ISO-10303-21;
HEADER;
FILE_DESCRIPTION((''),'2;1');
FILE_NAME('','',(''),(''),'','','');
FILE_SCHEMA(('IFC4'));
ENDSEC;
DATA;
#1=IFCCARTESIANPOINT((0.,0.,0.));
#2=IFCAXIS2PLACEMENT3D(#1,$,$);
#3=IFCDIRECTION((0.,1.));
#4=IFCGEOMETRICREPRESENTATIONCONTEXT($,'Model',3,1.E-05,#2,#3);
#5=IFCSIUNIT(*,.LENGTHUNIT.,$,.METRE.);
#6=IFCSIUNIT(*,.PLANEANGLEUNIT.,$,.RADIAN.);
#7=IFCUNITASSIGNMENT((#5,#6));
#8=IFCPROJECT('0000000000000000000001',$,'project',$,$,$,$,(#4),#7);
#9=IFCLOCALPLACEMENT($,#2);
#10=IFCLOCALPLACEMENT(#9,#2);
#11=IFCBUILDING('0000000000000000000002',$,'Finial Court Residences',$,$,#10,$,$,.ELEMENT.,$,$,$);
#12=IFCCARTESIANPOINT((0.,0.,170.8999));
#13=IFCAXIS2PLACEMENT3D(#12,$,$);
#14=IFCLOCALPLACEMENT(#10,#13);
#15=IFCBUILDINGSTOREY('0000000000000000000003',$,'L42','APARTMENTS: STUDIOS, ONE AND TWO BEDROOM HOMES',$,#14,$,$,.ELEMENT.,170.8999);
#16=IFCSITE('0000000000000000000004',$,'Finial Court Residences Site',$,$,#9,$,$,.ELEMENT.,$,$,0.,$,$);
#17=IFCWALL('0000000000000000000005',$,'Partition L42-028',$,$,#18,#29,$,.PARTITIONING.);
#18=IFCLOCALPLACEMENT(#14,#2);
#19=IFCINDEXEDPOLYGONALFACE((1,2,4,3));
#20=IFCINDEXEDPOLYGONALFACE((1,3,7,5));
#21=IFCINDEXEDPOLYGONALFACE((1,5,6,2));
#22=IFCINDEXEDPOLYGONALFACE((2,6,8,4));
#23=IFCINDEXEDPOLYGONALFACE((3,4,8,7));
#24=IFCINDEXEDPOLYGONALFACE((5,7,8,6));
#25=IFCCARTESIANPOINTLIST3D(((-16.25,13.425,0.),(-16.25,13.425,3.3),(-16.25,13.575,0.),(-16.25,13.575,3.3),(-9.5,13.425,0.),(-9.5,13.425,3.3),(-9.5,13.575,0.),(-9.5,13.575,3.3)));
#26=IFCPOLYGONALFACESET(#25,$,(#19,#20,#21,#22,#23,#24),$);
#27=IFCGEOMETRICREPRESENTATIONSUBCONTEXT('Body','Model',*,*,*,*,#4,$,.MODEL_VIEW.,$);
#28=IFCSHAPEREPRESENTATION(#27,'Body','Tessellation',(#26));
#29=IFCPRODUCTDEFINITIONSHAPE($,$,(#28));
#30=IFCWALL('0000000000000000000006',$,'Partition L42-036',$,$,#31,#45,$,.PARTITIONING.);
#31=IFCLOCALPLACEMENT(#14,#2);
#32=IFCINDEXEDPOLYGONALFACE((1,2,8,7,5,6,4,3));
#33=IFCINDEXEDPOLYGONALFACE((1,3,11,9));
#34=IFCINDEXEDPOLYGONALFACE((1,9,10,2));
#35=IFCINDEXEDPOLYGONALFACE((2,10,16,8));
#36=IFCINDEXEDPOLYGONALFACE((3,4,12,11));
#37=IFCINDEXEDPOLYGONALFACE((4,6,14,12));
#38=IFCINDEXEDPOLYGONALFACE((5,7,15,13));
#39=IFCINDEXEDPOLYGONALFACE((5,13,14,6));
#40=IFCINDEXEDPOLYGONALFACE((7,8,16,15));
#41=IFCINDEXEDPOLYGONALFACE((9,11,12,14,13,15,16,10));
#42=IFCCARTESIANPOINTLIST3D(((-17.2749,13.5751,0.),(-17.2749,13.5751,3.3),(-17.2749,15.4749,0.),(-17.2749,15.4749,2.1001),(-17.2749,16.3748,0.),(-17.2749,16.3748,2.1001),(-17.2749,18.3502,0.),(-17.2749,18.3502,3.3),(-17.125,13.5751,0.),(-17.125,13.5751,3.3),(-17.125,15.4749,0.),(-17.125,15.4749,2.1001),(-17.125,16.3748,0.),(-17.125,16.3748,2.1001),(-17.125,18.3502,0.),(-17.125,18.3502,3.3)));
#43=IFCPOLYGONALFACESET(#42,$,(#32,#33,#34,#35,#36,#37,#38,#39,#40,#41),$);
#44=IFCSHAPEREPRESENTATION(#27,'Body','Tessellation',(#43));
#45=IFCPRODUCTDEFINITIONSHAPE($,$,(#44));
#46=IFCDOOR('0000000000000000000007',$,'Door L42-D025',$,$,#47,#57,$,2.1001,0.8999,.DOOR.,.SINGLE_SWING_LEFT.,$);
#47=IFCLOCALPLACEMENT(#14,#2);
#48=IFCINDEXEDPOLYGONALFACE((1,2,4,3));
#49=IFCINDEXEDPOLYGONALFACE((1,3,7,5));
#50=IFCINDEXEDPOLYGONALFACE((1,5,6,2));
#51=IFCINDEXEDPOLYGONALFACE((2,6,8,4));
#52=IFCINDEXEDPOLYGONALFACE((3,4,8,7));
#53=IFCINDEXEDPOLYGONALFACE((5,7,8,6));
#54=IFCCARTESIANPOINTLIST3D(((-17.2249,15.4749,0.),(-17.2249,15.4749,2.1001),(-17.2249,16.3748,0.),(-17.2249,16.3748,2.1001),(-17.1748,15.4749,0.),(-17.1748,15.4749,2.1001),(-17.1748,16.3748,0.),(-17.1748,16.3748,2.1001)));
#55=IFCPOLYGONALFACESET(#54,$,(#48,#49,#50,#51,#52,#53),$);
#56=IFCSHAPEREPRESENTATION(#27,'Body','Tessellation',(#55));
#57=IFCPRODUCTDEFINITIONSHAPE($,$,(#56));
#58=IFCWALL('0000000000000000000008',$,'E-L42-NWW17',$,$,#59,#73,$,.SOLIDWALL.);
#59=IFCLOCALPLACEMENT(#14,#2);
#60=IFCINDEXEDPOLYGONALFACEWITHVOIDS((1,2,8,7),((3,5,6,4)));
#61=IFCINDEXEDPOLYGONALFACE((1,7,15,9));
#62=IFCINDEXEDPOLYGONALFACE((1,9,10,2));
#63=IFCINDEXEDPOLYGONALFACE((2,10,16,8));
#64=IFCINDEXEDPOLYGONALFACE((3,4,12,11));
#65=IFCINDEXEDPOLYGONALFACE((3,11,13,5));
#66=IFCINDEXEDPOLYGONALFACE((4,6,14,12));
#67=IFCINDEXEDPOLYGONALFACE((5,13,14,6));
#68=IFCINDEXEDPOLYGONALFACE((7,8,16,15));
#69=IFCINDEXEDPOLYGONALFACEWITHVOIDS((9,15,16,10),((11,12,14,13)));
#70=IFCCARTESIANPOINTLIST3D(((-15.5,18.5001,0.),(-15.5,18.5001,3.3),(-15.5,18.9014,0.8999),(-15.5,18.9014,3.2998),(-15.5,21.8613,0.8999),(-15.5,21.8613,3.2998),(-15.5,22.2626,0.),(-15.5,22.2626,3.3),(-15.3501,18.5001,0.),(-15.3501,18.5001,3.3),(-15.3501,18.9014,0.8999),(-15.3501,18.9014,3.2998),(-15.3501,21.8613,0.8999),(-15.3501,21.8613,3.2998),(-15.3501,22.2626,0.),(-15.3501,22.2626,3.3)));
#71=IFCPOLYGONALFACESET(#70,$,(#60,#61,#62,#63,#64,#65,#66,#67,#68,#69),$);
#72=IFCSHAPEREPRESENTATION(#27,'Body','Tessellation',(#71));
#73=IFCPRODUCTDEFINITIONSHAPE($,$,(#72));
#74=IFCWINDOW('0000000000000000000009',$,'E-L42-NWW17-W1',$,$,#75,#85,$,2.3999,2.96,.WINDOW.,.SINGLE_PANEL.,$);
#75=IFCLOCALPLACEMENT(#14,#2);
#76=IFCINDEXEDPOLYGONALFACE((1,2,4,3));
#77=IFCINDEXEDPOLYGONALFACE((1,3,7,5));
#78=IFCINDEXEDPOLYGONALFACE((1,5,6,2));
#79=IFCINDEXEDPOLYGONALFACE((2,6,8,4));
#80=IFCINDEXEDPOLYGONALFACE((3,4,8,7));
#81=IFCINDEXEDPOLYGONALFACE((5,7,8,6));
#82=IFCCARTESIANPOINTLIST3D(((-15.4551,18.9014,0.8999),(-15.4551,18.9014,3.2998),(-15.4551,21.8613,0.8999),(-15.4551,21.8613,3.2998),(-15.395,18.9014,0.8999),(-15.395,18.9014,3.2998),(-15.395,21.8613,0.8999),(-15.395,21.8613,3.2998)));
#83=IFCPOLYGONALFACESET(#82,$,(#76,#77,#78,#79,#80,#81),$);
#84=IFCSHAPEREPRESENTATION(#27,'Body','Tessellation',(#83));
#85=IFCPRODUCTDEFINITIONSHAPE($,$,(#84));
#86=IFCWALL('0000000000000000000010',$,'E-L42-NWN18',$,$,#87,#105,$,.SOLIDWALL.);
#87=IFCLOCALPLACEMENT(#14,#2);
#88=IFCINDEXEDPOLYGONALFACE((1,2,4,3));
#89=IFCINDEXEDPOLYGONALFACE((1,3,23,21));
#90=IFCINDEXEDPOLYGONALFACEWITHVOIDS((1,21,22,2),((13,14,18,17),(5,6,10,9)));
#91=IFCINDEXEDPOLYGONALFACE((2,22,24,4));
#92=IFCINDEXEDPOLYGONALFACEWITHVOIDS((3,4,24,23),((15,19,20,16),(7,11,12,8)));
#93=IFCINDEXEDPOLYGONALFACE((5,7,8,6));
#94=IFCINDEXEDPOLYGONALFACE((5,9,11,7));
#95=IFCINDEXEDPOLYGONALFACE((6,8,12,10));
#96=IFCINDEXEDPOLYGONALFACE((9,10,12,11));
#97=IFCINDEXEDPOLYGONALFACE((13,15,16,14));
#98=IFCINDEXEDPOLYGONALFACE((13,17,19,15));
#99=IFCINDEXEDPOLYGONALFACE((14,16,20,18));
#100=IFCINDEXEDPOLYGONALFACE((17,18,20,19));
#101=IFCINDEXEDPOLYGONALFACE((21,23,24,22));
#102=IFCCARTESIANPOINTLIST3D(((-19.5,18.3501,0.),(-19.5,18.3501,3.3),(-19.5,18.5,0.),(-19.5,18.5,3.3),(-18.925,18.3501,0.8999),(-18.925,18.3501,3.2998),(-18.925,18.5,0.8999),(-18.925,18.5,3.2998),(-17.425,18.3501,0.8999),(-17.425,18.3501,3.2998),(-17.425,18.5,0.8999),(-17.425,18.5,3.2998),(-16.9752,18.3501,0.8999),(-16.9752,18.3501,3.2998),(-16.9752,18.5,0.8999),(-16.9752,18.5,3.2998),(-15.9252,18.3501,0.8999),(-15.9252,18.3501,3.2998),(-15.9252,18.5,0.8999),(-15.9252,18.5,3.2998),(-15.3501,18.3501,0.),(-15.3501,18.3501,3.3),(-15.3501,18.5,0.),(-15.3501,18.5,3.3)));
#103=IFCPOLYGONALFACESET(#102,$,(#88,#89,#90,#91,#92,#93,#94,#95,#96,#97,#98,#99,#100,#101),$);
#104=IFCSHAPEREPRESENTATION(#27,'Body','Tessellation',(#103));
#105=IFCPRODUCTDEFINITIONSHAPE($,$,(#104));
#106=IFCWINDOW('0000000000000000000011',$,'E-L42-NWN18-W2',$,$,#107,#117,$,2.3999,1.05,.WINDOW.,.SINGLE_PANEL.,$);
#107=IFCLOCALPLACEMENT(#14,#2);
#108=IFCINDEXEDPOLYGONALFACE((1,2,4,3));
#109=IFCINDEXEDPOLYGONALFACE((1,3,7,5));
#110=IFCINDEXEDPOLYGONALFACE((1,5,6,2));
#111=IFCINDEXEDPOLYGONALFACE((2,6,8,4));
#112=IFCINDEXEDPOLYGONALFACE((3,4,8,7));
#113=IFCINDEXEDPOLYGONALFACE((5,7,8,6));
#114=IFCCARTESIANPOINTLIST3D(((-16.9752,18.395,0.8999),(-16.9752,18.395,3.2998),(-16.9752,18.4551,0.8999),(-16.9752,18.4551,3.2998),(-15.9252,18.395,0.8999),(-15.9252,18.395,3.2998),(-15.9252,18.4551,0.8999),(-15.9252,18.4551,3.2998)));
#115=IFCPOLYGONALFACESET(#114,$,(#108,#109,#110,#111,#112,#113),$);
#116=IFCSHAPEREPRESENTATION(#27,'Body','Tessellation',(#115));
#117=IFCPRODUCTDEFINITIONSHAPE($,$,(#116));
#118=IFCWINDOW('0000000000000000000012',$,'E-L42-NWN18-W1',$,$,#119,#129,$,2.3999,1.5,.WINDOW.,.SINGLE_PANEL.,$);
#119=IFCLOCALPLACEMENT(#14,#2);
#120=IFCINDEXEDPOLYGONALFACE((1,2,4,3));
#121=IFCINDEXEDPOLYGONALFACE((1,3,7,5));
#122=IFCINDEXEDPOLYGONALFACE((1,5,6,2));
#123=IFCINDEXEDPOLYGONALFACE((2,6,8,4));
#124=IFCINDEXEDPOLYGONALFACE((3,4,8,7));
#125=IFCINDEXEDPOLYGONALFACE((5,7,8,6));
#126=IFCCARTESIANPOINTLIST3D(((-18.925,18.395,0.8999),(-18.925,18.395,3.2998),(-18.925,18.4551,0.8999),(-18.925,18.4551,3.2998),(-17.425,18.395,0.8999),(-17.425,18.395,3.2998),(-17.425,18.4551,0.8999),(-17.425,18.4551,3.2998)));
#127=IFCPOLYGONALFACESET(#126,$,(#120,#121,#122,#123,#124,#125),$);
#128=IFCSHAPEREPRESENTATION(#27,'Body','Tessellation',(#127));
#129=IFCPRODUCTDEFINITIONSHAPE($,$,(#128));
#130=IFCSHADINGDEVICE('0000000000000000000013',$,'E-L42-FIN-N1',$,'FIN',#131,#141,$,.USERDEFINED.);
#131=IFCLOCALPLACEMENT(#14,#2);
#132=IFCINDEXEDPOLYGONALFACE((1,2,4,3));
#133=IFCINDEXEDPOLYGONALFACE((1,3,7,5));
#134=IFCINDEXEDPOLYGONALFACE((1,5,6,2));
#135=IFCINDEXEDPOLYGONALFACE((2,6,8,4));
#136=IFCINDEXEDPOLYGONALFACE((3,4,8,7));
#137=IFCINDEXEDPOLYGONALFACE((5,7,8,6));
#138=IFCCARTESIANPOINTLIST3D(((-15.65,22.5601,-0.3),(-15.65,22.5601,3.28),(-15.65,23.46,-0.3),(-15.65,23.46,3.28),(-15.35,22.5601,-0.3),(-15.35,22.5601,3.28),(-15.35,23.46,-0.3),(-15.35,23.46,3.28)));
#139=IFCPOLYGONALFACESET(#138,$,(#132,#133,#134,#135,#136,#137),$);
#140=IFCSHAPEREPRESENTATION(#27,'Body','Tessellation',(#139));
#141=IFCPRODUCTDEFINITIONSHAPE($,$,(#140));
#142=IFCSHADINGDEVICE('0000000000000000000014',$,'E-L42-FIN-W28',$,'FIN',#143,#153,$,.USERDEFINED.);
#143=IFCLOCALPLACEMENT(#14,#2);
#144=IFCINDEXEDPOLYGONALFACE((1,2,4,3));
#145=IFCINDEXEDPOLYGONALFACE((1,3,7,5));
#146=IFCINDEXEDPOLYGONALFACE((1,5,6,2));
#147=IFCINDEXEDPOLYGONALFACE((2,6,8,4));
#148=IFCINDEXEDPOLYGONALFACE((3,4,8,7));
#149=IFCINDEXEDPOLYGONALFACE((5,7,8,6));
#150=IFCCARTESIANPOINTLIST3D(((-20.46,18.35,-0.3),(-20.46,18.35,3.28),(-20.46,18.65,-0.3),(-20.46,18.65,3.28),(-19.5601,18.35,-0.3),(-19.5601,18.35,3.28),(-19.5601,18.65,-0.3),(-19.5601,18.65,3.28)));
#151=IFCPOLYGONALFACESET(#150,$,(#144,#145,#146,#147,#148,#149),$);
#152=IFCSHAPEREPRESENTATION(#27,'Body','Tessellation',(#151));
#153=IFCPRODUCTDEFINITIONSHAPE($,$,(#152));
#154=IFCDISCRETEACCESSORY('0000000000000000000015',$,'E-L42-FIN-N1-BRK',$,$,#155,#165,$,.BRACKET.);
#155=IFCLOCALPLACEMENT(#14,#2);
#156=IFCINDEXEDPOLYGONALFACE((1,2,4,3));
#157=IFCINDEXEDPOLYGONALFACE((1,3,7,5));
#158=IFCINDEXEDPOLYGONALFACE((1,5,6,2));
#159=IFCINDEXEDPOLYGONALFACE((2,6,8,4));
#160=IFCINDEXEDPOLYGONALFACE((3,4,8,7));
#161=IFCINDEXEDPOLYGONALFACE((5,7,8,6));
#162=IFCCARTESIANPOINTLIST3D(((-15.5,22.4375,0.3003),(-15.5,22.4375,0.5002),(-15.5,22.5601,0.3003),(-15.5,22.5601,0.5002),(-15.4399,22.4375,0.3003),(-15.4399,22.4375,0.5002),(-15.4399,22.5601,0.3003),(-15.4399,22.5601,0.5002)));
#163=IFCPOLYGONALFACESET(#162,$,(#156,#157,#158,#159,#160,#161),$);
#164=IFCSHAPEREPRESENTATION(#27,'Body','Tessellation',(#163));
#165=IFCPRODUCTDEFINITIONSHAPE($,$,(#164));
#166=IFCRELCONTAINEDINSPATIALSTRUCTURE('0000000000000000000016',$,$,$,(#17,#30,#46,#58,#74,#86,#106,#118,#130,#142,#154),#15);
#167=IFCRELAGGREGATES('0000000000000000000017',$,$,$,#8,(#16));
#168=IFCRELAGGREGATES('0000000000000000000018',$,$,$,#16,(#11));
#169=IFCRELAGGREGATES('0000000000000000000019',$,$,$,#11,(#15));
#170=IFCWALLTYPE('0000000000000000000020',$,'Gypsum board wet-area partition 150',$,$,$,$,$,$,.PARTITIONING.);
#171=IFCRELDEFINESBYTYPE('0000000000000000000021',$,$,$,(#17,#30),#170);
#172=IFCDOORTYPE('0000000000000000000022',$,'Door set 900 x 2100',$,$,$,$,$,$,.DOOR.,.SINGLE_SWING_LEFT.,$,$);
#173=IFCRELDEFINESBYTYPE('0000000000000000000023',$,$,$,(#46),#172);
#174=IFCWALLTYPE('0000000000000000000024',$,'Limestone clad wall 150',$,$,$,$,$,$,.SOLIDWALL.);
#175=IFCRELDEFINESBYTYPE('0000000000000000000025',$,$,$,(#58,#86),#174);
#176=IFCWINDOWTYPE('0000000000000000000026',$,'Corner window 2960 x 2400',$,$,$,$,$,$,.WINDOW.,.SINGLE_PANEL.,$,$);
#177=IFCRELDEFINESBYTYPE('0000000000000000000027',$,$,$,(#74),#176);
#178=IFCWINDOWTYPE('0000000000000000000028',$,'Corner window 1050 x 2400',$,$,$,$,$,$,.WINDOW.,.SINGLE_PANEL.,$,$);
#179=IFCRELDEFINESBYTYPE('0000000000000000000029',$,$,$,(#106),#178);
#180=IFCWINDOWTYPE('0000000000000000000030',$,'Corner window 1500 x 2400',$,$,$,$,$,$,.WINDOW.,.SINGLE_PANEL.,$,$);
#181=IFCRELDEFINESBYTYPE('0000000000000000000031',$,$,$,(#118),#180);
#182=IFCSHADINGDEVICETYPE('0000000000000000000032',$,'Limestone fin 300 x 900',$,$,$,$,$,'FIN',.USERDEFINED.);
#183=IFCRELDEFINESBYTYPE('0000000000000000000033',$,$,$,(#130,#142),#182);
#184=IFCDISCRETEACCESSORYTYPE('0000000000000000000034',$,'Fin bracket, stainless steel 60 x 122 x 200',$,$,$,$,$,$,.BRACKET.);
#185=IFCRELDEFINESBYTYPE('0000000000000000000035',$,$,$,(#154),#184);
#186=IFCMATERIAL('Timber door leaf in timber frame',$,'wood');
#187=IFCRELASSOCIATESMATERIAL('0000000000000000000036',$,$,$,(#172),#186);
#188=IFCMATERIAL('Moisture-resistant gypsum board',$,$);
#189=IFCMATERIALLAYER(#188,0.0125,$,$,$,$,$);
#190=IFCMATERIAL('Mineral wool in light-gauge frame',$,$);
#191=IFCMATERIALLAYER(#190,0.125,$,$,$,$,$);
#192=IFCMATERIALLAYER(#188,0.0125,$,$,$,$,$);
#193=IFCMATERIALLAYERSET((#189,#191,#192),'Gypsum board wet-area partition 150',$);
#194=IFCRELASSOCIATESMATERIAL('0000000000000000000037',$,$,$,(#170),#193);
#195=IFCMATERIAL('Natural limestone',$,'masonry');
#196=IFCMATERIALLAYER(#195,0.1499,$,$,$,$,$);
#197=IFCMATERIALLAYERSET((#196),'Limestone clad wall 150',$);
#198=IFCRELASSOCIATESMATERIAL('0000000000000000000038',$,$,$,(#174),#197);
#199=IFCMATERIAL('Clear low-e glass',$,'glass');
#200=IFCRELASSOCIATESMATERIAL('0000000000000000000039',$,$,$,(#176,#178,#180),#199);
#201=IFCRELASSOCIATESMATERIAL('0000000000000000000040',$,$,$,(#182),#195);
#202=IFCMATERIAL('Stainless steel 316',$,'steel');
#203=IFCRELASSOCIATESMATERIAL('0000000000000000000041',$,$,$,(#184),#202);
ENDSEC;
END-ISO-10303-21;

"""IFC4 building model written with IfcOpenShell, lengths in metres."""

from ifc_helpers import new_model, si_unit, direction, frame, frame_2d, origin, origin_2d, place, context, subcontext, project, spatial, rectangle, extrude, material, layer, layer_set, type_object, element, fill, save


model = new_model("IFC4")

# Units and contexts
model_context = context("Model", 3, precision=1e-05, world=origin(), true_north=direction((0.0, 1.0)))
body_context = subcontext(model_context, "Body", "Model", "MODEL_VIEW")
ifc_project = project(units=[si_unit("LENGTHUNIT", "METRE"), si_unit("PLANEANGLEUNIT", "RADIAN")], contexts=[model_context])

# Site, building, storey
site_placement = place(None, origin())
site = spatial("IfcSite", under=ifc_project, at=site_placement, Name="Finial Court Residences Site", CompositionType="ELEMENT", RefElevation=0.0)
building_placement = place(site_placement, origin())
building = spatial("IfcBuilding", under=site, at=building_placement, Name="Finial Court Residences", CompositionType="ELEMENT")
storey_placement = place(building_placement, frame((0.0, 0.0, 170.8999)))
storey = spatial("IfcBuildingStorey", under=building, at=storey_placement, Name="L42", Description="APARTMENTS: STUDIOS, ONE AND TWO BEDROOM HOMES", CompositionType="ELEMENT", Elevation=170.8999)

# Shared definitions
ifc_material_1 = material(Name="Clear low-e glass", Category="glass")

# Shared definitions
ifc_material_2 = material(Name="Mineral wool in light-gauge frame")
ifc_material_3 = material(Name="Timber door leaf in timber frame", Category="wood")
door_type = type_object("IfcDoorType", Name="Door set 900 x 2100", OperationType="SINGLE_SWING_LEFT", PredefinedType="DOOR", material=ifc_material_3)

# Wall
ifc_material_4 = material(Name="Moisture-resistant gypsum board")
ifc_layer_1 = layer(ifc_material_4, 0.0125)
ifc_layer_2 = layer(ifc_material_2, 0.125)
ifc_layer_3 = layer(ifc_material_4, 0.0125)
ifc_layer_set_1 = layer_set([ifc_layer_1, ifc_layer_2, ifc_layer_3], Name="Gypsum board wet-area partition 150")
wall_type_1 = type_object("IfcWallType", Name="Gypsum board wet-area partition 150", PredefinedType="PARTITIONING", material=ifc_layer_set_1)
wall_1_placement = place(storey_placement, frame((-16.25, 13.5, 0.0), z_axis=(0.0, 0.0, 1.0), x_axis=(1.0, 0.0, 0.0)))
element("IfcWall", 1, at=wall_1_placement, inside=storey, type_object=wall_type_1, Name="Partition L42-028", PredefinedType="PARTITIONING", context=body_context, shape_type="SweptSolid", body=[
    extrude(rectangle(XDim=6.75, YDim=0.1499, at=frame_2d((3.375, 0.0))), origin(), (0.0, 0.0, 1.0), 3.3),
])

# Wall, opening, door
wall_2_placement = place(storey_placement, frame((-17.2, 13.575, 0.0), z_axis=(0.0, 0.0, 1.0), x_axis=(0.0, 1.0, 0.0)))
wall_2 = element("IfcWall", 2, at=wall_2_placement, inside=storey, type_object=wall_type_1, Name="Partition L42-036", PredefinedType="PARTITIONING", context=body_context, shape_type="SweptSolid", body=[
    extrude(rectangle(XDim=4.7751, YDim=0.1499, at=frame_2d((2.3877, 0.0))), origin(), (0.0, 0.0, 1.0), 3.3),
])
opening_1_placement = place(wall_2_placement, frame((1.8999, 0.0, 0.0)))
opening_1 = element("IfcOpeningElement", 3, at=opening_1_placement, cuts=wall_2, PredefinedType="OPENING", context=body_context, shape_type="SweptSolid", body=[
    extrude(rectangle(XDim=0.8999, YDim=2.1001, at=frame_2d((0.45, 1.05))), frame((0.0, 0.085, 0.0), z_axis=(0.0, -1.0, 0.0), x_axis=(1.0, 0.0, 0.0)), (0.0, 0.0, 1.0), 0.1699),
])
door_1_placement = place(opening_1_placement, origin())
door_1 = element("IfcDoor", 4, at=door_1_placement, inside=storey, type_object=door_type, Name="Door L42-D025", OperationType="SINGLE_SWING_LEFT", OverallHeight=2.1001, OverallWidth=0.8999, PredefinedType="DOOR", context=body_context, shape_type="SweptSolid", body=[
    extrude(rectangle(XDim=0.8999, YDim=2.1001, at=frame_2d((0.45, 1.05))), frame((0.0, 0.0249, 0.0), z_axis=(0.0, -1.0, 0.0), x_axis=(1.0, 0.0, 0.0)), (0.0, 0.0, 1.0), 0.05),
])
fill(opening_1, door_1)

# Wall, opening, window
ifc_material_5 = material(Name="Natural limestone", Category="masonry")
ifc_layer_4 = layer(ifc_material_5, 0.1499)
ifc_layer_set_2 = layer_set([ifc_layer_4], Name="Limestone clad wall 150")
wall_type_2 = type_object("IfcWallType", Name="Limestone clad wall 150", PredefinedType="SOLIDWALL", material=ifc_layer_set_2)
wall_3_placement = place(storey_placement, frame((-15.425, 18.5, 0.0), z_axis=(0.0, 0.0, 1.0), x_axis=(0.0, 1.0, 0.0)))
wall_3 = element("IfcWall", 5, at=wall_3_placement, inside=storey, type_object=wall_type_2, Name="E-L42-NWW17", PredefinedType="SOLIDWALL", context=body_context, shape_type="SweptSolid", body=[
    extrude(rectangle(XDim=3.7625, YDim=0.1499, at=frame_2d((1.8813, 0.0))), origin(), (0.0, 0.0, 1.0), 3.3),
])
opening_2_placement = place(wall_3_placement, frame((0.4014, 0.0, 0.8999)))
opening_2 = element("IfcOpeningElement", 6, at=opening_2_placement, cuts=wall_3, PredefinedType="OPENING", context=body_context, shape_type="SweptSolid", body=[
    extrude(rectangle(XDim=2.96, YDim=2.3999, at=frame_2d((1.48, 1.2))), frame((0.0, 0.085, 0.0), z_axis=(0.0, -1.0, 0.0), x_axis=(1.0, 0.0, 0.0)), (0.0, 0.0, 1.0), 0.1699),
])
window_type_1 = type_object("IfcWindowType", Name="Corner window 2960 x 2400", PartitioningType="SINGLE_PANEL", PredefinedType="WINDOW", material=ifc_material_1)
window_1_placement = place(opening_2_placement, origin())
window_1 = element("IfcWindow", 7, at=window_1_placement, inside=storey, type_object=window_type_1, Name="E-L42-NWW17-W1", OverallHeight=2.3999, OverallWidth=2.96, PartitioningType="SINGLE_PANEL", PredefinedType="WINDOW", context=body_context, shape_type="SweptSolid", body=[
    extrude(rectangle(XDim=2.96, YDim=2.3999, at=frame_2d((1.48, 1.2))), frame((0.0, 0.03, 0.0), z_axis=(0.0, -1.0, 0.0), x_axis=(1.0, 0.0, 0.0)), (0.0, 0.0, 1.0), 0.0601),
])
fill(opening_2, window_1)

# Wall, openings, windows
wall_4_placement = place(storey_placement, frame((-19.5, 18.425, 0.0), z_axis=(0.0, 0.0, 1.0), x_axis=(1.0, 0.0, 0.0)))
wall_4 = element("IfcWall", 8, at=wall_4_placement, inside=storey, type_object=wall_type_2, Name="E-L42-NWN18", PredefinedType="SOLIDWALL", context=body_context, shape_type="SweptSolid", body=[
    extrude(rectangle(XDim=4.1499, YDim=0.1499, at=frame_2d((2.075, 0.0))), origin(), (0.0, 0.0, 1.0), 3.3),
])
opening_3_placement = place(wall_4_placement, frame((0.575, 0.0, 0.8999)))
opening_3 = element("IfcOpeningElement", 9, at=opening_3_placement, cuts=wall_4, PredefinedType="OPENING", context=body_context, shape_type="SweptSolid", body=[
    extrude(rectangle(XDim=1.5, YDim=2.3999, at=frame_2d((0.75, 1.2))), frame((0.0, 0.085, 0.0), z_axis=(0.0, -1.0, 0.0), x_axis=(1.0, 0.0, 0.0)), (0.0, 0.0, 1.0), 0.1699),
])
opening_4_placement = place(wall_4_placement, frame((2.5249, 0.0, 0.8999)))
opening_4 = element("IfcOpeningElement", 10, at=opening_4_placement, cuts=wall_4, PredefinedType="OPENING", context=body_context, shape_type="SweptSolid", body=[
    extrude(rectangle(XDim=1.05, YDim=2.3999, at=frame_2d((0.5249, 1.2))), frame((0.0, 0.085, 0.0), z_axis=(0.0, -1.0, 0.0), x_axis=(1.0, 0.0, 0.0)), (0.0, 0.0, 1.0), 0.1699),
])
window_type_2 = type_object("IfcWindowType", Name="Corner window 1050 x 2400", PartitioningType="SINGLE_PANEL", PredefinedType="WINDOW", material=ifc_material_1)
window_2_placement = place(opening_4_placement, origin())
window_2 = element("IfcWindow", 11, at=window_2_placement, inside=storey, type_object=window_type_2, Name="E-L42-NWN18-W2", OverallHeight=2.3999, OverallWidth=1.05, PartitioningType="SINGLE_PANEL", PredefinedType="WINDOW", context=body_context, shape_type="SweptSolid", body=[
    extrude(rectangle(XDim=1.05, YDim=2.3999, at=frame_2d((0.5249, 1.2))), frame((0.0, 0.03, 0.0), z_axis=(0.0, -1.0, 0.0), x_axis=(1.0, 0.0, 0.0)), (0.0, 0.0, 1.0), 0.0601),
])
fill(opening_4, window_2)
window_type_3 = type_object("IfcWindowType", Name="Corner window 1500 x 2400", PartitioningType="SINGLE_PANEL", PredefinedType="WINDOW", material=ifc_material_1)
window_3_placement = place(opening_3_placement, origin())
window_3 = element("IfcWindow", 12, at=window_3_placement, inside=storey, type_object=window_type_3, Name="E-L42-NWN18-W1", OverallHeight=2.3999, OverallWidth=1.5, PartitioningType="SINGLE_PANEL", PredefinedType="WINDOW", context=body_context, shape_type="SweptSolid", body=[
    extrude(rectangle(XDim=1.5, YDim=2.3999, at=frame_2d((0.75, 1.2))), frame((0.0, 0.03, 0.0), z_axis=(0.0, -1.0, 0.0), x_axis=(1.0, 0.0, 0.0)), (0.0, 0.0, 1.0), 0.0601),
])
fill(opening_3, window_3)

# Shading devices
shading_device_type = type_object("IfcShadingDeviceType", Name="Limestone fin 300 x 900", ElementType="FIN", PredefinedType="USERDEFINED", material=ifc_material_5)
shading_device_1_placement = place(storey_placement, frame((-15.5, 23.01, -0.3), z_axis=(0.0, 0.0, 1.0), x_axis=(1.0, 0.0, 0.0)))
element("IfcShadingDevice", 13, at=shading_device_1_placement, inside=storey, type_object=shading_device_type, Name="E-L42-FIN-N1", ObjectType="FIN", PredefinedType="USERDEFINED", context=body_context, shape_type="SweptSolid", body=[
    extrude(rectangle(XDim=0.3, YDim=0.8999, at=origin_2d()), origin(), (0.0, 0.0, 1.0), 3.5801),
])
shading_device_2_placement = place(storey_placement, frame((-20.01, 18.5, -0.3), z_axis=(0.0, 0.0, 1.0), x_axis=(1.0, 0.0, 0.0)))
element("IfcShadingDevice", 14, at=shading_device_2_placement, inside=storey, type_object=shading_device_type, Name="E-L42-FIN-W28", ObjectType="FIN", PredefinedType="USERDEFINED", context=body_context, shape_type="SweptSolid", body=[
    extrude(rectangle(XDim=0.8999, YDim=0.3, at=origin_2d()), origin(), (0.0, 0.0, 1.0), 3.5801),
])

# Discrete accessory
ifc_material_6 = material(Name="Stainless steel 316", Category="steel")
discrete_accessory_type = type_object("IfcDiscreteAccessoryType", Name="Fin bracket, stainless steel 60 x 122 x 200", PredefinedType="BRACKET", material=ifc_material_6)
discrete_accessory_1_placement = place(storey_placement, frame((-15.47, 22.4988, 0.3003), z_axis=(0.0, 0.0, 1.0), x_axis=(1.0, 0.0, 0.0)))
element("IfcDiscreteAccessory", 15, at=discrete_accessory_1_placement, inside=storey, type_object=discrete_accessory_type, Name="E-L42-FIN-N1-BRK", PredefinedType="BRACKET", context=body_context, shape_type="SweptSolid", body=[
    extrude(rectangle(XDim=0.0601, YDim=0.1226, at=origin_2d()), origin(), (0.0, 0.0, 1.0), 0.2),
])

save(model, "model.ifc")
